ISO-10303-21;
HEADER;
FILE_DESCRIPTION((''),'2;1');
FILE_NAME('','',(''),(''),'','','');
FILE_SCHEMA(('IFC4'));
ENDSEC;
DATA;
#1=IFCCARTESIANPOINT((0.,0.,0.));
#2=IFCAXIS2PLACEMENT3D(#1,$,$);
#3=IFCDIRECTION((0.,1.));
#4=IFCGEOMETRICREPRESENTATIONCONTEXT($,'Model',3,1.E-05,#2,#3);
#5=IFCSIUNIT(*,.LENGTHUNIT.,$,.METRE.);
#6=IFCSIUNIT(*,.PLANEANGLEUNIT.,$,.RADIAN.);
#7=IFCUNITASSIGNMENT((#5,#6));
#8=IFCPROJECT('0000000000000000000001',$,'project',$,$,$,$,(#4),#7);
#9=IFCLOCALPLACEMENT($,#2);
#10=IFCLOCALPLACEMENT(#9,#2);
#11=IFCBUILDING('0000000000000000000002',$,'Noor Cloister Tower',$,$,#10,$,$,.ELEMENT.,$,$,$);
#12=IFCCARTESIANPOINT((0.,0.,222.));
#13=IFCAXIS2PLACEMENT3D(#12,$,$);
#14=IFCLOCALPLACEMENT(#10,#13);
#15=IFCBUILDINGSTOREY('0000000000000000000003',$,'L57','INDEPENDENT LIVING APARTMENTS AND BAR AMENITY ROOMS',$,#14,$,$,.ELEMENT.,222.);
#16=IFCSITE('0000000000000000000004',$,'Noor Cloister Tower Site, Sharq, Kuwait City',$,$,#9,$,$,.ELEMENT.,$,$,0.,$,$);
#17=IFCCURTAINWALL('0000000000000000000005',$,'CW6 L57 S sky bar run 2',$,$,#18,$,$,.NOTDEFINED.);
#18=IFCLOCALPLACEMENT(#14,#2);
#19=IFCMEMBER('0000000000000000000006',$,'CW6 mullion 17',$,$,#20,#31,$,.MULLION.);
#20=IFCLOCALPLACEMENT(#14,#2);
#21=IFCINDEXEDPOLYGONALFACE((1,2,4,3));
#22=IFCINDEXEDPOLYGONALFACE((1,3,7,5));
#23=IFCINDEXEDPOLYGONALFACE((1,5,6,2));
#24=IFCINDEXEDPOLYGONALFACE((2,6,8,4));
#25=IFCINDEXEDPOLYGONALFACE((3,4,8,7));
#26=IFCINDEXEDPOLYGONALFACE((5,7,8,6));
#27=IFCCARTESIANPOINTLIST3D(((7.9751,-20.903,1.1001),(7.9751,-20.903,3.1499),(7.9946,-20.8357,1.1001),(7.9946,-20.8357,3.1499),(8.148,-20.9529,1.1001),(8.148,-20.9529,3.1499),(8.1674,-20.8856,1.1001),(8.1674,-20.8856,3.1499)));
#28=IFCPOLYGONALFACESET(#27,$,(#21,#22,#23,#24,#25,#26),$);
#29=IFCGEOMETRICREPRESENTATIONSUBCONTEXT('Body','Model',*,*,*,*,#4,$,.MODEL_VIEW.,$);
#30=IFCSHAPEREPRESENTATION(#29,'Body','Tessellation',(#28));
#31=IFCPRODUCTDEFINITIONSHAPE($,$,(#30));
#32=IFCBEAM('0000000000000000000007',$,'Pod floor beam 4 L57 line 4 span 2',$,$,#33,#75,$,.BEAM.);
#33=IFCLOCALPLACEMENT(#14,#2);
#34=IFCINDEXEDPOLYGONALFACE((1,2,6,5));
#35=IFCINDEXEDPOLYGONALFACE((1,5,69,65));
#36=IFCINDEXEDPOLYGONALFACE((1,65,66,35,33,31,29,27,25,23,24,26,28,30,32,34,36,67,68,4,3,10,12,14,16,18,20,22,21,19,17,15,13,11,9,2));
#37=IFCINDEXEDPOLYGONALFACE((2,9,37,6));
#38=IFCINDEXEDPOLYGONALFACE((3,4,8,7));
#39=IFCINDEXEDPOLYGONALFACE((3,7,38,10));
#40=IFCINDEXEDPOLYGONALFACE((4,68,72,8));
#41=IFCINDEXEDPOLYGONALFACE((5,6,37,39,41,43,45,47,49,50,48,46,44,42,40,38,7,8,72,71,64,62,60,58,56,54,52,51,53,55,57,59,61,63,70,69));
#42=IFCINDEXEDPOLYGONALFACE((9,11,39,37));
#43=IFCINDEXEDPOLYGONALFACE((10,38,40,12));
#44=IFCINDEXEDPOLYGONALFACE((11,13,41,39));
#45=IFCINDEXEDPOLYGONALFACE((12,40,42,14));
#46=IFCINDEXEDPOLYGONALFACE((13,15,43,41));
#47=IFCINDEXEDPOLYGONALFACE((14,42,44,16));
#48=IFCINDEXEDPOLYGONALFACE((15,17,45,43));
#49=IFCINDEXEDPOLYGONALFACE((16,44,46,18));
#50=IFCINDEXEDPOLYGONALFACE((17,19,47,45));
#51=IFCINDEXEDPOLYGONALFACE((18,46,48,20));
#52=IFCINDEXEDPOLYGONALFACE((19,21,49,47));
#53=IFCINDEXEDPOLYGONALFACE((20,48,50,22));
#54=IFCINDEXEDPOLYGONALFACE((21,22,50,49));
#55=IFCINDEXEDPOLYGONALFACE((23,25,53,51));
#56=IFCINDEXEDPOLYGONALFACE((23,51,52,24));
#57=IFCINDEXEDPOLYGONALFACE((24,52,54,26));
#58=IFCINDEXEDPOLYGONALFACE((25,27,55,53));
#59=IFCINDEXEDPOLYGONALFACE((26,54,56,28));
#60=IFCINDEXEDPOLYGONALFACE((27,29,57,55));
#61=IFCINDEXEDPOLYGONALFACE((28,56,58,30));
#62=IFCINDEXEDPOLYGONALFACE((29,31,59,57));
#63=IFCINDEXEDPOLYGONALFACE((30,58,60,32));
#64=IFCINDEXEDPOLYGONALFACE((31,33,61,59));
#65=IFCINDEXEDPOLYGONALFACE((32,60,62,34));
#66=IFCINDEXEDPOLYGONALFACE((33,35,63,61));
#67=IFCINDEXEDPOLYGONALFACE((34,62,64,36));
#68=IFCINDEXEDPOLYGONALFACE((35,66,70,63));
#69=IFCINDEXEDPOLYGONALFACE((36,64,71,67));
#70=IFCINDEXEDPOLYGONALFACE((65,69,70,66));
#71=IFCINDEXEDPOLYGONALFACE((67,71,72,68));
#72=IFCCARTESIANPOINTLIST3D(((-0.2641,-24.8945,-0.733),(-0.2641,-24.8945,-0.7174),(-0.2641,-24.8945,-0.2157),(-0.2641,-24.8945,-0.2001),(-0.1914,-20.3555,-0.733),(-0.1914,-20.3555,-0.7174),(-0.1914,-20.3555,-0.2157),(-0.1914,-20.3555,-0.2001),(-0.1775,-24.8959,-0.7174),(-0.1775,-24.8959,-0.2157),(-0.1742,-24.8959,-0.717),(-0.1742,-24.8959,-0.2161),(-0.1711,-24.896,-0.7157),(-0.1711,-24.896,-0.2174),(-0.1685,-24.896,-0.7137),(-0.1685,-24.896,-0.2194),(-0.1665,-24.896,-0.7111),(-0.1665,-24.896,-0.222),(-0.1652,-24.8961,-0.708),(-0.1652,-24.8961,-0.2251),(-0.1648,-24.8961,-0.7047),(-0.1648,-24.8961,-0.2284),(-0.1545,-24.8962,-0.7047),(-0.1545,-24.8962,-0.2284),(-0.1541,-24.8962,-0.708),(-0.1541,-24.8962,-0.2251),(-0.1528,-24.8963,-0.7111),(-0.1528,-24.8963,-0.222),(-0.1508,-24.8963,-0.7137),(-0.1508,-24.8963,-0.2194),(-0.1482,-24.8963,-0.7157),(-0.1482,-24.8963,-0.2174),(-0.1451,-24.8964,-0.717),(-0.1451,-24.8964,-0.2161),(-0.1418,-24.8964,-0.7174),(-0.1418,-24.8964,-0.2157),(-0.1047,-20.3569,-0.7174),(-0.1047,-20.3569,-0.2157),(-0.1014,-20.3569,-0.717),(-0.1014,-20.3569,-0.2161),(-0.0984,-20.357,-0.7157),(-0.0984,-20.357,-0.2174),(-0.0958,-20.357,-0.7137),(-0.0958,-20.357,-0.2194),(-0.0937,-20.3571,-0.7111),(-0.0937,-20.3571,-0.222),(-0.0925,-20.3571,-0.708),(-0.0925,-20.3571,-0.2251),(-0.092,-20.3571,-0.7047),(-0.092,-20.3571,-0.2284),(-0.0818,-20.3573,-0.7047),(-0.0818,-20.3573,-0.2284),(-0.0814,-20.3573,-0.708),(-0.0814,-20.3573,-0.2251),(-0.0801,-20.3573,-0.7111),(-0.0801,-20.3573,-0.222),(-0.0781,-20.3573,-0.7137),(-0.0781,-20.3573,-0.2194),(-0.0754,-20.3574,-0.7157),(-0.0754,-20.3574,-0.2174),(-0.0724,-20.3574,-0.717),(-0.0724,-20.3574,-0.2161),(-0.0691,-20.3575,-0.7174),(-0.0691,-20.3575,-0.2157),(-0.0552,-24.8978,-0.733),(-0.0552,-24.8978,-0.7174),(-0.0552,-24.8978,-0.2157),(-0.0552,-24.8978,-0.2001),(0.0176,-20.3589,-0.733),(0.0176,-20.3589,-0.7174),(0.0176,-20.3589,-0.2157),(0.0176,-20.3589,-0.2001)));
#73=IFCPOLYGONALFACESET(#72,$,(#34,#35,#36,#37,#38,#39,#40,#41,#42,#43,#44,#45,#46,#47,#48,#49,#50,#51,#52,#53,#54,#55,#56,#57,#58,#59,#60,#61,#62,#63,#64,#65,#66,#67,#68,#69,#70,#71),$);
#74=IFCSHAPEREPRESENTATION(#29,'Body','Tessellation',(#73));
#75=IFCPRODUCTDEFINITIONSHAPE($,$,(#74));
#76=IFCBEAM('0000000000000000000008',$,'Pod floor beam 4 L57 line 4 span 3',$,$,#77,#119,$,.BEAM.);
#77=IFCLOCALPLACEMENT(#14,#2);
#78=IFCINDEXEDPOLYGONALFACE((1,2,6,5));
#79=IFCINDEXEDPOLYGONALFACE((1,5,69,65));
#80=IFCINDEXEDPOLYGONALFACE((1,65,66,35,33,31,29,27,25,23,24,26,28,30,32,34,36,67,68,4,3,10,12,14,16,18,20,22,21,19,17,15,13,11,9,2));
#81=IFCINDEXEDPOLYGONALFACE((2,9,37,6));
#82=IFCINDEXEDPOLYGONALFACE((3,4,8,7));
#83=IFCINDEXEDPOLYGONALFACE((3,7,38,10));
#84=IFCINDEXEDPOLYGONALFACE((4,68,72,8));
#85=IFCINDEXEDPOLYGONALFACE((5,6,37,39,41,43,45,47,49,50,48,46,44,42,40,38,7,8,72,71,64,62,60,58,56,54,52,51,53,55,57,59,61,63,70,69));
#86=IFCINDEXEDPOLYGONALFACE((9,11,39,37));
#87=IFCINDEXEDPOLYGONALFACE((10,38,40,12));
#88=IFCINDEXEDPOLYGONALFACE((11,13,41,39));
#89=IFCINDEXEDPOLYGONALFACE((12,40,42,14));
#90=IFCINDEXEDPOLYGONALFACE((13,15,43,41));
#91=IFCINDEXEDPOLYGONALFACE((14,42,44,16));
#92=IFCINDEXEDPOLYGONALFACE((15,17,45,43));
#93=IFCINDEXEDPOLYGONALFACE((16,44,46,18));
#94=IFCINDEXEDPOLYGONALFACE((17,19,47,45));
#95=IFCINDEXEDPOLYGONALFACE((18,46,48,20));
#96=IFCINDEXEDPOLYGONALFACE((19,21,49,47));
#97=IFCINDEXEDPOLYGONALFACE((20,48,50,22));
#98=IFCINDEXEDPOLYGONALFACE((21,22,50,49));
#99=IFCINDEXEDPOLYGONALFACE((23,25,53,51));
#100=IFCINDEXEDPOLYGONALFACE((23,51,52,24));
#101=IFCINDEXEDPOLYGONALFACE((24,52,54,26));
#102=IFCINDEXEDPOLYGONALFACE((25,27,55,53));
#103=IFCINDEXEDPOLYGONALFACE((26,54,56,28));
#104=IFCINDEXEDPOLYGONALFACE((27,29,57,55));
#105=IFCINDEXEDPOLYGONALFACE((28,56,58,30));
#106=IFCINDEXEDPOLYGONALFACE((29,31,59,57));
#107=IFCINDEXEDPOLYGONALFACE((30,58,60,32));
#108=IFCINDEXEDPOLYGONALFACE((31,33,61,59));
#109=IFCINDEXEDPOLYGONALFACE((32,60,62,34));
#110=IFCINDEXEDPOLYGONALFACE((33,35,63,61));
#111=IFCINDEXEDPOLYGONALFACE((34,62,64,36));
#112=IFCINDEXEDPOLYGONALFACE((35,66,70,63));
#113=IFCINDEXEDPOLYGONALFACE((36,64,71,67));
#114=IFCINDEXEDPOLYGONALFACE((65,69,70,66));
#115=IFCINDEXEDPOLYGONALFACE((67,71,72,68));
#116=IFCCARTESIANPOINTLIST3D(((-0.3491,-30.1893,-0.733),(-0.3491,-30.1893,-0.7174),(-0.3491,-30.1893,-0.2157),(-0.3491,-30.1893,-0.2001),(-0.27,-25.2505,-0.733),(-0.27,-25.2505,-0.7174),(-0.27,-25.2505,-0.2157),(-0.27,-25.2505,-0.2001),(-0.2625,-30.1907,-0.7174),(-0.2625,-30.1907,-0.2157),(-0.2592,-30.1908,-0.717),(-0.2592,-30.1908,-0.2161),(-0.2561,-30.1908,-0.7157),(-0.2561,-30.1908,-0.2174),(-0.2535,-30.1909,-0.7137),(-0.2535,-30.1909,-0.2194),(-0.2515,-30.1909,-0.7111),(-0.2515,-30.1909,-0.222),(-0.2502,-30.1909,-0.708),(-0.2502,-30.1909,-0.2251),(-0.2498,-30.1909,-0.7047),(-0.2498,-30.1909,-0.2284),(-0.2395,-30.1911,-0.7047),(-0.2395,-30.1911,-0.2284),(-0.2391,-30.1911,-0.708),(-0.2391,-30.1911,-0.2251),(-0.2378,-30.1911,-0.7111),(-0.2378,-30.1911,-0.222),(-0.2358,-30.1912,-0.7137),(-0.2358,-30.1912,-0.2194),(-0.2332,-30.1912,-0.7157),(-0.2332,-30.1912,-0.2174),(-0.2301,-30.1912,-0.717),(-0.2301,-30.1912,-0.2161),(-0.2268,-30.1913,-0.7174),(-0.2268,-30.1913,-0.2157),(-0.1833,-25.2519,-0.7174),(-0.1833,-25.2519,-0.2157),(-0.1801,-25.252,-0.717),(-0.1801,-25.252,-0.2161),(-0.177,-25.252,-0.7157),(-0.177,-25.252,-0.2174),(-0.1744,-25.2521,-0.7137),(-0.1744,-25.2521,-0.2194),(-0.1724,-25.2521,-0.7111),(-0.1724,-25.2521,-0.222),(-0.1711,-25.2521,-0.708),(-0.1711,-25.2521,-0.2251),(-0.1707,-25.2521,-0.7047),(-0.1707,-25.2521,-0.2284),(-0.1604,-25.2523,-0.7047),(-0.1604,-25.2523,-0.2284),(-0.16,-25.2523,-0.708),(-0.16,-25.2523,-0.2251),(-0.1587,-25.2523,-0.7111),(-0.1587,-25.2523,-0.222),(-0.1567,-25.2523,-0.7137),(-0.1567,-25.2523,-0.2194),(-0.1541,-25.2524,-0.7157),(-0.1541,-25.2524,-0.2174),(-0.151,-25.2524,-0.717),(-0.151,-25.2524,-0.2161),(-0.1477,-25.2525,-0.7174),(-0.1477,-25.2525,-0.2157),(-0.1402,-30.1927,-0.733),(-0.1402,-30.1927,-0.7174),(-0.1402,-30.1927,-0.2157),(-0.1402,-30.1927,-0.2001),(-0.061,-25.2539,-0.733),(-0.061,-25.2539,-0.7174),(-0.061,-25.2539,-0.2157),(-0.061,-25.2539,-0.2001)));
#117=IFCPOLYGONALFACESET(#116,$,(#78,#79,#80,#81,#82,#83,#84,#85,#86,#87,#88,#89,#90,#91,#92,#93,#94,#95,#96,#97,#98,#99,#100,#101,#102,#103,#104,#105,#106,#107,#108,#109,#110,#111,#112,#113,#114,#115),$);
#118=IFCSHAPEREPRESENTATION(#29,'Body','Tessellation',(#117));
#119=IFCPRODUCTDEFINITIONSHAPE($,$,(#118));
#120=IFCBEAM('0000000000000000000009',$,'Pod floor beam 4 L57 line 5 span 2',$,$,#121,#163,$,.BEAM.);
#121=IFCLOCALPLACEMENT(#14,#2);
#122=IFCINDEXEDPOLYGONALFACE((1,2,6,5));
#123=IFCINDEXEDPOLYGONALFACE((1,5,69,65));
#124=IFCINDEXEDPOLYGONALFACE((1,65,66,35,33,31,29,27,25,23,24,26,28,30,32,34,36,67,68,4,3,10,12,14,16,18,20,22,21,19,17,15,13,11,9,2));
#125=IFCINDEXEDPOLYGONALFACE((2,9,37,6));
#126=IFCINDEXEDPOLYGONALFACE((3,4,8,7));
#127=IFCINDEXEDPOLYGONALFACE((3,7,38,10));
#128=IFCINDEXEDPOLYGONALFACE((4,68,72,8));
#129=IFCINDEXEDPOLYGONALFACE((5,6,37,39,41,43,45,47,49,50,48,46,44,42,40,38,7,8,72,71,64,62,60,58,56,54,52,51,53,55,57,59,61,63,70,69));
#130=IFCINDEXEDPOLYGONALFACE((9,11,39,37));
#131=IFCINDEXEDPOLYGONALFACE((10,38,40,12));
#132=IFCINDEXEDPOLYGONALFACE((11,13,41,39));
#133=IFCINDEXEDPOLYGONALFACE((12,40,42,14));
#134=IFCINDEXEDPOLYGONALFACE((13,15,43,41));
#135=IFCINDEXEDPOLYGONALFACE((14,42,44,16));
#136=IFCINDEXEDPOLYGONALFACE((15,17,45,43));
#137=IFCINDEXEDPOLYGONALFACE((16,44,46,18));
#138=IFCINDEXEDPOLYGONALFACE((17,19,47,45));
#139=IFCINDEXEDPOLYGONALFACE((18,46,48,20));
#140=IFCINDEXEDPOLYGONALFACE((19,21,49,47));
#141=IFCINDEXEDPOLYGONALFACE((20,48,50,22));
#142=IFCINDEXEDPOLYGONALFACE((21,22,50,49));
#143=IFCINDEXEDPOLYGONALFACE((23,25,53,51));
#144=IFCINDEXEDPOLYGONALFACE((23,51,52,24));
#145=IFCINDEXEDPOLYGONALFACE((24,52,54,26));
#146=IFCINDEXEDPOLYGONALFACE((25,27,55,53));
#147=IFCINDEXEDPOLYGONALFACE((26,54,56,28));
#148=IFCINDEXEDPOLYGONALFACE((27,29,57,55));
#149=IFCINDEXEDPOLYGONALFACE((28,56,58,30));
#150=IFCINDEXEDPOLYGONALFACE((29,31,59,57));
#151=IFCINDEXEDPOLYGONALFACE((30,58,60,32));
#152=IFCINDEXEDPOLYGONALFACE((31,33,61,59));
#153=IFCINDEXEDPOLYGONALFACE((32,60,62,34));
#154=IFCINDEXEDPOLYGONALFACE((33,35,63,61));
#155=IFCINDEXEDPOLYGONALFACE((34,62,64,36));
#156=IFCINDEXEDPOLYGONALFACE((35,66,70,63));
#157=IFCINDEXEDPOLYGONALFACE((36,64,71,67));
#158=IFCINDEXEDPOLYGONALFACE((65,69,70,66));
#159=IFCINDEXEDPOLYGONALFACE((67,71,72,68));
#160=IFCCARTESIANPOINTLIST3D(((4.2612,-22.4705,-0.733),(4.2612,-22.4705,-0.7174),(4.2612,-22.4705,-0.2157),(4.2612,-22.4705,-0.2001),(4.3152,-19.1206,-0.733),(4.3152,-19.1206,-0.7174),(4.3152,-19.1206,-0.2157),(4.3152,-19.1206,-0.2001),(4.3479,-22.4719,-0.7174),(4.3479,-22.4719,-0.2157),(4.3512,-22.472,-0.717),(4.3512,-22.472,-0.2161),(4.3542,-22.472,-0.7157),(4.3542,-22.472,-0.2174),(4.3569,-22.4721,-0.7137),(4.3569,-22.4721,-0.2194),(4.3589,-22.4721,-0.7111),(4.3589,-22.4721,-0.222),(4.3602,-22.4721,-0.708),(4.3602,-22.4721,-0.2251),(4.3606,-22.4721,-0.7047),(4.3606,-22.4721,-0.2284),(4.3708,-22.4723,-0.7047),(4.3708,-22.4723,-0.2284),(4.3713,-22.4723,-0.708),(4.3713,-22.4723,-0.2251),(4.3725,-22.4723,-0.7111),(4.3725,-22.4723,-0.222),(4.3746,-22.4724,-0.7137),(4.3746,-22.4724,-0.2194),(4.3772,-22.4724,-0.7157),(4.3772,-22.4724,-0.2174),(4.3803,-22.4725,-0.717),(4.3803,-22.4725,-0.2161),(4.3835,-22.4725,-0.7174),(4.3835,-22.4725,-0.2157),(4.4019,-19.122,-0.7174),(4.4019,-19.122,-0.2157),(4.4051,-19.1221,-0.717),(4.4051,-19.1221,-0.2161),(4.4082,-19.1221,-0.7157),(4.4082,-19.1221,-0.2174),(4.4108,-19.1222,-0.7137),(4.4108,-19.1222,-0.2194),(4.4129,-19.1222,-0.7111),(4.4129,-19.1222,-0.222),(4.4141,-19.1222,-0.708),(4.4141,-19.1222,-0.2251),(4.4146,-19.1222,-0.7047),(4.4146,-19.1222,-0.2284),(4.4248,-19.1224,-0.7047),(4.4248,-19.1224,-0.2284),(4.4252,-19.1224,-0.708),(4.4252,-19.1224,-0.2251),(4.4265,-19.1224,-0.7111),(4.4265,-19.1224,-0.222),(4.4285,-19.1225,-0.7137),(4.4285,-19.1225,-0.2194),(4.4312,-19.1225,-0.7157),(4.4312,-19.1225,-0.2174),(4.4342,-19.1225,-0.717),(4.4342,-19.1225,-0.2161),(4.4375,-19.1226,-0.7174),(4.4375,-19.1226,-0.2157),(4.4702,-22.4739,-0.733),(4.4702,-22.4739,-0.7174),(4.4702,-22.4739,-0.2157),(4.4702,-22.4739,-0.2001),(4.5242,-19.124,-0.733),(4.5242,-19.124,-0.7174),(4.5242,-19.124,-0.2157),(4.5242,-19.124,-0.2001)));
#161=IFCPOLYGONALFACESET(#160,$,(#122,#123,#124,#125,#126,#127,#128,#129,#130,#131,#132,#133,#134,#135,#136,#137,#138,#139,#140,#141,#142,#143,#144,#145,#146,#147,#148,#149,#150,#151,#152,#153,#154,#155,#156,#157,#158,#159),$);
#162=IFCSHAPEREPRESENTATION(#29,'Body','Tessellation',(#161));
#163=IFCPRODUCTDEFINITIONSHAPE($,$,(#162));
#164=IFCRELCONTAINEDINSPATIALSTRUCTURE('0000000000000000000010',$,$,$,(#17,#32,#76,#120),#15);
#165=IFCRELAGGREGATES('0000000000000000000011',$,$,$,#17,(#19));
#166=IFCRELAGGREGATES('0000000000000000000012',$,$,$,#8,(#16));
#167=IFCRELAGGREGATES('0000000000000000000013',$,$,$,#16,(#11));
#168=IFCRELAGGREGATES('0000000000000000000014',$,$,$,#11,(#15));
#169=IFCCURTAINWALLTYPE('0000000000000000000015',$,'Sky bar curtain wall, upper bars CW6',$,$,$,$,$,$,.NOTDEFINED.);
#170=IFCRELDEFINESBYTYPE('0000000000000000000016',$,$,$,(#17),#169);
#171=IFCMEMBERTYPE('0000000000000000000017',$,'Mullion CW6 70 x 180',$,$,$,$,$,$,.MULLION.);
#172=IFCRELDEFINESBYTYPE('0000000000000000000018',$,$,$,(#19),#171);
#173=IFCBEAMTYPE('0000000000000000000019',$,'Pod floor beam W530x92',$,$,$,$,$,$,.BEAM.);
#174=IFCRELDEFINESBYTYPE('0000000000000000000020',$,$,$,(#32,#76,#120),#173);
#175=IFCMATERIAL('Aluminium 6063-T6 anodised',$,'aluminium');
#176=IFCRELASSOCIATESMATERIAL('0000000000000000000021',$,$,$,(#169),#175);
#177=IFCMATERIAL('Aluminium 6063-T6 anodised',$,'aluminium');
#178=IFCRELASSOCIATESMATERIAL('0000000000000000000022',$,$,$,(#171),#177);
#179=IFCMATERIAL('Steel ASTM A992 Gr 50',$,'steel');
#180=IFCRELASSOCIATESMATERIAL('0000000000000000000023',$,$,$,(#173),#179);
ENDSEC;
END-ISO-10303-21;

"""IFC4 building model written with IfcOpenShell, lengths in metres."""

from ifc_helpers import new_model, si_unit, direction, frame, origin, origin_2d, place, context, subcontext, project, spatial, rectangle, i_section, extrude, material, material_profile, profile_set, type_object, element, aggregate, save


model = new_model("IFC4")

# Units and contexts
model_context = context("Model", 3, precision=1e-05, world=origin(), true_north=direction((0.0, 1.0)))
body_context = subcontext(model_context, "Body", "Model", "MODEL_VIEW")
ifc_project = project(units=[si_unit("LENGTHUNIT", "METRE"), si_unit("PLANEANGLEUNIT", "RADIAN")], contexts=[model_context])

# Site, building, storey
site_placement = place(None, origin())
site = spatial("IfcSite", under=ifc_project, at=site_placement, Name="Noor Cloister Tower Site, Sharq, Kuwait City", CompositionType="ELEMENT", RefElevation=0.0)
building_placement = place(site_placement, origin())
building = spatial("IfcBuilding", under=site, at=building_placement, Name="Noor Cloister Tower", CompositionType="ELEMENT")
storey_placement = place(building_placement, frame((0.0, 0.0, 222.0)))
storey = spatial("IfcBuildingStorey", under=building, at=storey_placement, Name="L57", Description="INDEPENDENT LIVING APARTMENTS AND BAR AMENITY ROOMS", CompositionType="ELEMENT", Elevation=222.0)

# Curtain wall, member
ifc_material_1 = material(Name="Aluminium 6063-T6 anodised", Category="aluminium")
curtain_wall_type = type_object("IfcCurtainWallType", Name="Sky bar curtain wall, upper bars CW6", PredefinedType="NOTDEFINED", material=ifc_material_1)
curtain_wall_placement = place(storey_placement, origin())
curtain_wall = element("IfcCurtainWall", 1, at=curtain_wall_placement, inside=storey, type_object=curtain_wall_type, Name="CW6 L57 S sky bar run 2", PredefinedType="NOTDEFINED")
ifc_material_2 = material(Name="Aluminium 6063-T6 anodised", Category="aluminium")
ifc_material_profile_1 = material_profile(ifc_material_2, rectangle(XDim=0.1799, YDim=0.0701, at=origin_2d()), Name="180 x 70 mullion")
ifc_profile_set_1 = profile_set([ifc_material_profile_1], Name="Aluminium 6063-T6 anodised")
member_type = type_object("IfcMemberType", Name="Mullion CW6 70 x 180", PredefinedType="MULLION", material=ifc_profile_set_1)
member_1_placement = place(storey_placement, frame((8.0713, -20.8943, 1.1001), z_axis=(0.0, 0.0, 1.0), x_axis=(-0.960795, 0.277261, 0.0)))
member_1 = element("IfcMember", 2, at=member_1_placement, type_object=member_type, Name="CW6 mullion 17", PredefinedType="MULLION", context=body_context, shape_type="SweptSolid", body=[
    extrude(rectangle(XDim=0.1799, YDim=0.0701, at=origin_2d()), origin(), (0.0, 0.0, 1.0), 2.0498),
])

# Beams
ifc_material_3 = material(Name="Steel ASTM A992 Gr 50", Category="steel")
ifc_material_profile_2 = material_profile(ifc_material_3, i_section(OverallWidth=0.209, OverallDepth=0.533, WebThickness=0.0103, FlangeThickness=0.0156, FilletRadius=0.0127, at=origin_2d()), Name="W530x92")
ifc_profile_set_2 = profile_set([ifc_material_profile_2], Name="Steel ASTM A992 Gr 50")
beam_type = type_object("IfcBeamType", Name="Pod floor beam W530x92", PredefinedType="BEAM", material=ifc_profile_set_2)
beam_1_placement = place(storey_placement, frame((-0.0869, -20.3572, -0.4666), z_axis=(-0.016026, -0.999872, 0.0), x_axis=(0.999872, -0.016026, 0.0)))
element("IfcBeam", 3, at=beam_1_placement, inside=storey, type_object=beam_type, Name="Pod floor beam 4 L57 line 4 span 2", PredefinedType="BEAM", context=body_context, shape_type="SweptSolid", body=[
    extrude(i_section(OverallWidth=0.209, OverallDepth=0.533, WebThickness=0.0103, FlangeThickness=0.0156, FilletRadius=0.0127, at=origin_2d()), origin(), (0.0, 0.0, 1.0), 4.5396),
])
beam_2_placement = place(storey_placement, frame((-0.1655, -25.2522, -0.4666), z_axis=(-0.016015, -0.999872, 0.0), x_axis=(0.999872, -0.016015, 0.0)))
element("IfcBeam", 4, at=beam_2_placement, inside=storey, type_object=beam_type, Name="Pod floor beam 4 L57 line 4 span 3", PredefinedType="BEAM", context=body_context, shape_type="SweptSolid", body=[
    extrude(i_section(OverallWidth=0.209, OverallDepth=0.533, WebThickness=0.0103, FlangeThickness=0.0156, FilletRadius=0.0127, at=origin_2d()), origin(), (0.0, 0.0, 1.0), 4.9395),
])
beam_3_placement = place(storey_placement, frame((4.4197, -19.1223, -0.4666), z_axis=(-0.016105, -0.99987, 0.0), x_axis=(0.99987, -0.016105, 0.0)))
element("IfcBeam", 5, at=beam_3_placement, inside=storey, type_object=beam_type, Name="Pod floor beam 4 L57 line 5 span 2", PredefinedType="BEAM", context=body_context, shape_type="SweptSolid", body=[
    extrude(i_section(OverallWidth=0.209, OverallDepth=0.533, WebThickness=0.0103, FlangeThickness=0.0156, FilletRadius=0.0127, at=origin_2d()), origin(), (0.0, 0.0, 1.0), 3.3503),
])

aggregate(curtain_wall, [member_1])

save(model, "model.ifc")
